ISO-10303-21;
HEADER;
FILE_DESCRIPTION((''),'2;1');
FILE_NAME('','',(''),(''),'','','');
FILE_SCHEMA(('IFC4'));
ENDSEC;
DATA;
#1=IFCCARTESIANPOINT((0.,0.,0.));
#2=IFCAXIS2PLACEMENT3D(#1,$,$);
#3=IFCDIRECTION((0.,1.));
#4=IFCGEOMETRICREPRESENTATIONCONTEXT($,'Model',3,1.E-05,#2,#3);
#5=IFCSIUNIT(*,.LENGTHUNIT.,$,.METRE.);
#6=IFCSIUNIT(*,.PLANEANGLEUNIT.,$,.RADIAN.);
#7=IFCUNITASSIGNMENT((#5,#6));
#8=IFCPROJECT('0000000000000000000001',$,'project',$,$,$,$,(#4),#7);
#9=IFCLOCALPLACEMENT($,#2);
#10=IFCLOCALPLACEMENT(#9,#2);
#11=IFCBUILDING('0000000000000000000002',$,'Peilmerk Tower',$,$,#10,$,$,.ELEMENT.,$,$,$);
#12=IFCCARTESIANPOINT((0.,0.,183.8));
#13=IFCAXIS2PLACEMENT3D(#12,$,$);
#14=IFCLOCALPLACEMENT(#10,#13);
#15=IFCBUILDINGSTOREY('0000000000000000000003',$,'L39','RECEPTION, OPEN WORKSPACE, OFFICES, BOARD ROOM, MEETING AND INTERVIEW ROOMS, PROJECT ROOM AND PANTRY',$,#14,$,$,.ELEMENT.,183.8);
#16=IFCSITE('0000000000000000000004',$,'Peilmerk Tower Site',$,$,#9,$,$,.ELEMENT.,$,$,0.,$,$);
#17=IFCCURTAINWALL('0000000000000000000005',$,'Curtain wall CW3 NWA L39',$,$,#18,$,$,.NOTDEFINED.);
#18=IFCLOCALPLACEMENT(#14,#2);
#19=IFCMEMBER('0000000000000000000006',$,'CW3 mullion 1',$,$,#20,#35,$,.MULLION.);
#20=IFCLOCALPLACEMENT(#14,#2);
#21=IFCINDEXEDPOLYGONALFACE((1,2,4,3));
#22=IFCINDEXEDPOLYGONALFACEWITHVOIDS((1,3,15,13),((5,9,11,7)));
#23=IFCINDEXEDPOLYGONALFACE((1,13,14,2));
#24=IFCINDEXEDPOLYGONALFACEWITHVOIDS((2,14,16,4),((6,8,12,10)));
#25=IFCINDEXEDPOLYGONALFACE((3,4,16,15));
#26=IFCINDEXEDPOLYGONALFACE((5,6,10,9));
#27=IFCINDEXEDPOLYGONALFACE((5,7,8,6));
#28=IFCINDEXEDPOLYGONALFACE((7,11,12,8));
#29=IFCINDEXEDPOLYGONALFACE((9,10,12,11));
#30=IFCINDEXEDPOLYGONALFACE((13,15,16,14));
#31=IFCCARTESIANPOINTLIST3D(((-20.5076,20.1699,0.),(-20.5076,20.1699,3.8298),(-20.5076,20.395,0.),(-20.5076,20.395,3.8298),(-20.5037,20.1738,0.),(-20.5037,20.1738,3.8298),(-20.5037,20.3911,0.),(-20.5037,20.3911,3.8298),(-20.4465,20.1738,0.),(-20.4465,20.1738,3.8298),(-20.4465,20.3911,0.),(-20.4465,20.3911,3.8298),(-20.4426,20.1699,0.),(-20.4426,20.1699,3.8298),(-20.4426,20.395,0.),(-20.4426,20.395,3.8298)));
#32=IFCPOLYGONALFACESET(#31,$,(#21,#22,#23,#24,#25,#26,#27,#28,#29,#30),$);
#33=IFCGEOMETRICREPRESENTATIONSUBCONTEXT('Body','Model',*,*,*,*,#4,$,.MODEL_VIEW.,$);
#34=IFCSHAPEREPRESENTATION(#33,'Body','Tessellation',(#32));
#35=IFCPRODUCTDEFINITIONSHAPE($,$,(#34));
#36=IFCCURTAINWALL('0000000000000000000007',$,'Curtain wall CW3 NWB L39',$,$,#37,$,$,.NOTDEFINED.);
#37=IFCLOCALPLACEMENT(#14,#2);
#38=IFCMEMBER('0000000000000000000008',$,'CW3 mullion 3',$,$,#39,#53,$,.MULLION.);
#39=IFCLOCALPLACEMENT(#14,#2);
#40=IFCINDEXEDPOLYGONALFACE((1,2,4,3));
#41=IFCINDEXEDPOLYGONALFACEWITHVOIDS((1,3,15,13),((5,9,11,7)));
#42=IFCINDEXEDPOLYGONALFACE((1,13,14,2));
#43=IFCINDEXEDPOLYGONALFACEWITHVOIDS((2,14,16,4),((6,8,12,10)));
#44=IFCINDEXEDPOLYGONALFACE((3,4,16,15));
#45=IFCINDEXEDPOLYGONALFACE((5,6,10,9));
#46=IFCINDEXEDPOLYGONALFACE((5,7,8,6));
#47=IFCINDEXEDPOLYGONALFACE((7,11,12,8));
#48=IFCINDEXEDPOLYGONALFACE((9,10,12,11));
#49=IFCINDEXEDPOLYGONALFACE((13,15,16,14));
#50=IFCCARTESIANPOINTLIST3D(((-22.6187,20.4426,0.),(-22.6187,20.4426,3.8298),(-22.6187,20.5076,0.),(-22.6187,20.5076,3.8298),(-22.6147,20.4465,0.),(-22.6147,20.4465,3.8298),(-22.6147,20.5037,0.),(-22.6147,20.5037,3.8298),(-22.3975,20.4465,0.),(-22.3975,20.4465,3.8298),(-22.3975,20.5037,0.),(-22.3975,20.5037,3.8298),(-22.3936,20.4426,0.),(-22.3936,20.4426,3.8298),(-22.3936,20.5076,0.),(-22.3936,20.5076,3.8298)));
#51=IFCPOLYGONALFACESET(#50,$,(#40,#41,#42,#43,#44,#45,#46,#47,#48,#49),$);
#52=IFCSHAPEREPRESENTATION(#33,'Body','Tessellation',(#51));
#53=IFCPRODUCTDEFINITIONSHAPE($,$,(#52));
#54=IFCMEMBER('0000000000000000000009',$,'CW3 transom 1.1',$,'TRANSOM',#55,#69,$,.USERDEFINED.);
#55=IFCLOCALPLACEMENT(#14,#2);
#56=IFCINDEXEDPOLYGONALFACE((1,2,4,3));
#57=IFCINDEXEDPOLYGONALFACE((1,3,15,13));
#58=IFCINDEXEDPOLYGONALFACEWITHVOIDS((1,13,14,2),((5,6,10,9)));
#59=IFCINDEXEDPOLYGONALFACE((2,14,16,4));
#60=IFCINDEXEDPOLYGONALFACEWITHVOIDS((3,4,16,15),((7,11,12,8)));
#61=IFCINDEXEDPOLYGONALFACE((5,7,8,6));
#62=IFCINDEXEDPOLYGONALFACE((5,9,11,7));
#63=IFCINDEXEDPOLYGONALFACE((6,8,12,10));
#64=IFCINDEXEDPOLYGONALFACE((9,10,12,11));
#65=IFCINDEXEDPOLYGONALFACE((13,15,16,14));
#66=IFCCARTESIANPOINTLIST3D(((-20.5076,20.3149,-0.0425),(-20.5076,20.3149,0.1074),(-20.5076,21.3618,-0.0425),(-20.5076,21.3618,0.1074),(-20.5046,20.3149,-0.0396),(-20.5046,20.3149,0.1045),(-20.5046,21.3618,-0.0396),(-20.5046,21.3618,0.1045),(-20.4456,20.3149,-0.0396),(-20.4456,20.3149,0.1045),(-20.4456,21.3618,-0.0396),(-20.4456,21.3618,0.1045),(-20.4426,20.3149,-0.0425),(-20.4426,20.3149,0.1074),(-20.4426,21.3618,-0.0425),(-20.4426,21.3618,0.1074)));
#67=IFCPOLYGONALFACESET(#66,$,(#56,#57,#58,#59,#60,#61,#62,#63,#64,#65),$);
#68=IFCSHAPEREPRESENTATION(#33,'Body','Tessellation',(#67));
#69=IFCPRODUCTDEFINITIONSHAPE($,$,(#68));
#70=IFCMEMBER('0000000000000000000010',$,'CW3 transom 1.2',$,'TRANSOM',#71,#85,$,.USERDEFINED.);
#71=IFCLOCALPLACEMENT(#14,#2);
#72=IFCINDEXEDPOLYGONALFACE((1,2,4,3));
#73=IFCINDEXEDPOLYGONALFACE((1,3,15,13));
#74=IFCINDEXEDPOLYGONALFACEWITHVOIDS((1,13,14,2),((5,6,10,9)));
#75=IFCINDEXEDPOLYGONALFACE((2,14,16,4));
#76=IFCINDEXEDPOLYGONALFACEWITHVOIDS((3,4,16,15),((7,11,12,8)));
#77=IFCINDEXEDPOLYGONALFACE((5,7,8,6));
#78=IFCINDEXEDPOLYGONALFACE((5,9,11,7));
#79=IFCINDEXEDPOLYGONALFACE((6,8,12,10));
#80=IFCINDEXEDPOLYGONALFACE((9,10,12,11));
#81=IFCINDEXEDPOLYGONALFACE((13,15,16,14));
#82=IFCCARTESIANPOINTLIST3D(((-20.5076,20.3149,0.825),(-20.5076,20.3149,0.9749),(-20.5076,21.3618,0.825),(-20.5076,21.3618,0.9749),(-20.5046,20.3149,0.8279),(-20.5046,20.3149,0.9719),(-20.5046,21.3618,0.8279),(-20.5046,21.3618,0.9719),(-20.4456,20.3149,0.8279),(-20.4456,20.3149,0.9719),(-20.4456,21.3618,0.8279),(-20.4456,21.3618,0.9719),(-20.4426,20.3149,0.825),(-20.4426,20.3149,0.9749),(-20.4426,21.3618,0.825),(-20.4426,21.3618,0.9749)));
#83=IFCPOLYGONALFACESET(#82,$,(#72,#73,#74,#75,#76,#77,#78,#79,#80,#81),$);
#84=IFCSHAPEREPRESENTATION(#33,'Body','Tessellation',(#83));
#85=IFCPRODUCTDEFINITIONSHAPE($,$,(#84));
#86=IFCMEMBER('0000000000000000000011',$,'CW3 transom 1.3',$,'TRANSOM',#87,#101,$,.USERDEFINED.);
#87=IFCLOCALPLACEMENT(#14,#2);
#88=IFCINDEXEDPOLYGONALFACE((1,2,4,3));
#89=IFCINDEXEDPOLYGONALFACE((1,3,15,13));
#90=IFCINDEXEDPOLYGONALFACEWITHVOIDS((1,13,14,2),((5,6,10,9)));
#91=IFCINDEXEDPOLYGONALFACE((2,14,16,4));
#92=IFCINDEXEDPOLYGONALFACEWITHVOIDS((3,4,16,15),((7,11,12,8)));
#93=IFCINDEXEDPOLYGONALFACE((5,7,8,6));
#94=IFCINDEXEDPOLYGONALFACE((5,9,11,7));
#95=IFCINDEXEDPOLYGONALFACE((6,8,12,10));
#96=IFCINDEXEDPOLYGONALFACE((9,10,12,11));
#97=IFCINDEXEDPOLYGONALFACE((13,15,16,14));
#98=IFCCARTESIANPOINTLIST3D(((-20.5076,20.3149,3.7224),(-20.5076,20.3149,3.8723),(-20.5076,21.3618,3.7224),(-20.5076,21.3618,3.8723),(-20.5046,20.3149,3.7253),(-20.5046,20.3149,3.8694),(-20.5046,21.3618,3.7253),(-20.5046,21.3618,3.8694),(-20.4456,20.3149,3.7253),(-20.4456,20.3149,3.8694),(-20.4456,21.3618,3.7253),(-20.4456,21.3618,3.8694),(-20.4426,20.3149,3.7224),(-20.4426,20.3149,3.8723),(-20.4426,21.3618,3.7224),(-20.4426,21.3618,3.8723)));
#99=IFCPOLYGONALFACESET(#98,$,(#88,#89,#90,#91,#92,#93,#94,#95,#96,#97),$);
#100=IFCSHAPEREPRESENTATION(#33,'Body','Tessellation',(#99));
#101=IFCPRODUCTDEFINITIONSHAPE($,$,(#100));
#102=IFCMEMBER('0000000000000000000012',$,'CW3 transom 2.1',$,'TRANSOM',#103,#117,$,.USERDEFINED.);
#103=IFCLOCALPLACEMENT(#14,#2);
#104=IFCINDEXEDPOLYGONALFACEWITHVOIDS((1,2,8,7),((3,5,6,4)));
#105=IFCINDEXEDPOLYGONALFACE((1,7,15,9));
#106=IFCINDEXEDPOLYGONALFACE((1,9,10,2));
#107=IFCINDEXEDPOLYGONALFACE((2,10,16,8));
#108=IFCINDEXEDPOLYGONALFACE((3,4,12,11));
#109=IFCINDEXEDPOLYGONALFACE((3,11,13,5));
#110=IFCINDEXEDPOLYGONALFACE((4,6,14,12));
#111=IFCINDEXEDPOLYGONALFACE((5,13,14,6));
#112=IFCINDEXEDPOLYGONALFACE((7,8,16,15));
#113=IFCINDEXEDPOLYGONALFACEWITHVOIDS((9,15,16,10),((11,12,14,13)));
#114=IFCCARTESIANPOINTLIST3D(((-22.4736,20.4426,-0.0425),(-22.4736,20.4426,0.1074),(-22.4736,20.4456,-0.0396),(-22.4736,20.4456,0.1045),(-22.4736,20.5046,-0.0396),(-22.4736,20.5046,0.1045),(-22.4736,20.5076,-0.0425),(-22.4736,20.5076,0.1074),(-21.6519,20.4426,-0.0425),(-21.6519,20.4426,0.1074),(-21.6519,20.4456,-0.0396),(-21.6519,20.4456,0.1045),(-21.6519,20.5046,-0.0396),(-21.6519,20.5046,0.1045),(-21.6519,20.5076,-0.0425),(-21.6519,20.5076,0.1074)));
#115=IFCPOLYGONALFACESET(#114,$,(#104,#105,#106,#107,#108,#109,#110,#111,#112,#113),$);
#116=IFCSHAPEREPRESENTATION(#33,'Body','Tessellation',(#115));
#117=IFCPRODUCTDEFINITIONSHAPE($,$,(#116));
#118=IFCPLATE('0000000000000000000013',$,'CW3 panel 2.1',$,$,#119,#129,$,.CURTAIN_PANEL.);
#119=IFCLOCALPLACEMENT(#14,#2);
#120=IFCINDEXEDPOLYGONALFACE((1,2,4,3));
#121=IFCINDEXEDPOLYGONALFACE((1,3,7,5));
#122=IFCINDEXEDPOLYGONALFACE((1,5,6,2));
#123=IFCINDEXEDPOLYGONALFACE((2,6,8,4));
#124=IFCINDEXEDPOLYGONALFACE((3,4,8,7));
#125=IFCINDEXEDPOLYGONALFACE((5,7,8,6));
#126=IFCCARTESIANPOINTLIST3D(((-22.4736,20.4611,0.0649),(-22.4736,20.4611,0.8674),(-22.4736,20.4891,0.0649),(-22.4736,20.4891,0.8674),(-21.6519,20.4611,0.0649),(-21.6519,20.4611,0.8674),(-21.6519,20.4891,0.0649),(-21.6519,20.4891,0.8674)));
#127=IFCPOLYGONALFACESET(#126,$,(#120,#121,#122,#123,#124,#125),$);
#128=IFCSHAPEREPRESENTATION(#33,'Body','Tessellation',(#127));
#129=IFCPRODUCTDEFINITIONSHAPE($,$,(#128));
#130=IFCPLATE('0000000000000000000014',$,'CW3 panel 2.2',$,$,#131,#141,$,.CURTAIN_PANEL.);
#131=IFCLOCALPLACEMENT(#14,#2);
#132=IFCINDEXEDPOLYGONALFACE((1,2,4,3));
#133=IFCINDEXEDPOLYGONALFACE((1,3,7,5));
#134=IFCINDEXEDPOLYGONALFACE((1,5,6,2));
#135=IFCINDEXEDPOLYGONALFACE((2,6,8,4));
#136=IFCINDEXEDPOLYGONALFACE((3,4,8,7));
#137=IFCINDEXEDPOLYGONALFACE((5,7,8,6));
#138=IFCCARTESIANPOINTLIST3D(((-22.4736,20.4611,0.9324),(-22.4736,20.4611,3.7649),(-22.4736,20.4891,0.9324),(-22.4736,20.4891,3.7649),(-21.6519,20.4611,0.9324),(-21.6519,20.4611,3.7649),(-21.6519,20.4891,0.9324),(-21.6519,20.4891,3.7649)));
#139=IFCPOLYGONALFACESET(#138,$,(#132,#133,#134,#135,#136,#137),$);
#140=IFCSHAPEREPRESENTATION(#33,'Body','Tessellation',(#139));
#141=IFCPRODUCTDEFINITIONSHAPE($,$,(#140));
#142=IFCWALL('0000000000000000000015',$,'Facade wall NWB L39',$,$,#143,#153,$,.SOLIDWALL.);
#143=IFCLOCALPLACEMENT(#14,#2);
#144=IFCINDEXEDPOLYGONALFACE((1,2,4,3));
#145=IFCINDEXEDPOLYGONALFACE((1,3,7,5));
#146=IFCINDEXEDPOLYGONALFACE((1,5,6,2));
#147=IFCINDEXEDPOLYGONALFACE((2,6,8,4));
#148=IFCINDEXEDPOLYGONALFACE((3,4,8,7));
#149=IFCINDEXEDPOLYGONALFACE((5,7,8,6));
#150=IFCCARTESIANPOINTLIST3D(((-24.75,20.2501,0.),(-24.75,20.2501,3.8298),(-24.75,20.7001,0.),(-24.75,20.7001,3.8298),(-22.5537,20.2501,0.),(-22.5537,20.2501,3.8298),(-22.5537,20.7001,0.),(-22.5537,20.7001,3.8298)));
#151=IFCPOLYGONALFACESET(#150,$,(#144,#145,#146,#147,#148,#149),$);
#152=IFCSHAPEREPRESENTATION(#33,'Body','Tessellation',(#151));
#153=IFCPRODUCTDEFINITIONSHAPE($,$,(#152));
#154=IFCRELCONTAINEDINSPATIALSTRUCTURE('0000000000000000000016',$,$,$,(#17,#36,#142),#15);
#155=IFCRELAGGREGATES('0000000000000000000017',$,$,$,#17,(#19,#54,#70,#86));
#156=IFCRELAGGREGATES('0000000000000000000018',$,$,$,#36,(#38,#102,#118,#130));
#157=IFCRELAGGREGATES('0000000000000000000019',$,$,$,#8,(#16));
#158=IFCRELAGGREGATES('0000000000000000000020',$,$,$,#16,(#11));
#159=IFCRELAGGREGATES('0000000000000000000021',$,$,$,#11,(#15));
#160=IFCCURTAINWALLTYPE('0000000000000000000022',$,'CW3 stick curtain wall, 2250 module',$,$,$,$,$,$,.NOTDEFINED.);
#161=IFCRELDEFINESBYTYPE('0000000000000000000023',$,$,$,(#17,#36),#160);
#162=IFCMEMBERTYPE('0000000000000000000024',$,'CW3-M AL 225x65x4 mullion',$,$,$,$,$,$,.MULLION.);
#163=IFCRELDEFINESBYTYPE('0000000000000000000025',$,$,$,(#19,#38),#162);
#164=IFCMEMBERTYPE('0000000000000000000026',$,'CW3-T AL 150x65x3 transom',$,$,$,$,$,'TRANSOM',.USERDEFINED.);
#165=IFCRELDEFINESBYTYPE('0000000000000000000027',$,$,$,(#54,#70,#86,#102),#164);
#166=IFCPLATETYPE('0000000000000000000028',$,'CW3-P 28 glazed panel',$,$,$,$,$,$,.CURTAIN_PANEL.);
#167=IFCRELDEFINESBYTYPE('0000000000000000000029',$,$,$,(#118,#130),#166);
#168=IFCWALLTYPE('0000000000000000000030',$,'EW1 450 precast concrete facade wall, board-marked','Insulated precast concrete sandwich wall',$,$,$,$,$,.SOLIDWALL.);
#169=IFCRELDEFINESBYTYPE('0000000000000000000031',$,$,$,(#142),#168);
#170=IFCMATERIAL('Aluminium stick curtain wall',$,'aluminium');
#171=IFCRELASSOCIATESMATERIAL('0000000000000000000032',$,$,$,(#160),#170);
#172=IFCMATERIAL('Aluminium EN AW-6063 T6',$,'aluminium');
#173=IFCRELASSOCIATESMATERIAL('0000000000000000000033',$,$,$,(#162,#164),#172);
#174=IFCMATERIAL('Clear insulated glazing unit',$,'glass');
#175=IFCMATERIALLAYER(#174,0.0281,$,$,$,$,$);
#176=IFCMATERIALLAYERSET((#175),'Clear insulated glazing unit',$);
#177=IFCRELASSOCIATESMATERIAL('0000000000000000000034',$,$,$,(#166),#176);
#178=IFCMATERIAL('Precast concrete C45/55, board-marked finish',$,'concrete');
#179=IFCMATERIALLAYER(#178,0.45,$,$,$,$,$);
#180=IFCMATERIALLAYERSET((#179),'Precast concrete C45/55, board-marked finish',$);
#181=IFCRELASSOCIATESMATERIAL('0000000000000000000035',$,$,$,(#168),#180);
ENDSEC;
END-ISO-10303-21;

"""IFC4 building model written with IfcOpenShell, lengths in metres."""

from ifc_helpers import new_model, si_unit, direction, frame, frame_2d, origin, origin_2d, place, context, subcontext, project, spatial, rectangle, hollow_rectangle, extrude, material, layer, layer_set, material_profile, profile_set, type_object, element, aggregate, save


model = new_model("IFC4")

# Units and contexts
model_context = context("Model", 3, precision=1e-05, world=origin(), true_north=direction((0.0, 1.0)))
body_context = subcontext(model_context, "Body", "Model", "MODEL_VIEW")
ifc_project = project(units=[si_unit("LENGTHUNIT", "METRE"), si_unit("PLANEANGLEUNIT", "RADIAN")], contexts=[model_context])

# Site, building, storey
site_placement = place(None, origin())
site = spatial("IfcSite", under=ifc_project, at=site_placement, Name="Peilmerk Tower Site", CompositionType="ELEMENT", RefElevation=0.0)
building_placement = place(site_placement, origin())
building = spatial("IfcBuilding", under=site, at=building_placement, Name="Peilmerk Tower", CompositionType="ELEMENT")
storey_placement = place(building_placement, frame((0.0, 0.0, 183.8)))
storey = spatial("IfcBuildingStorey", under=building, at=storey_placement, Name="L39", Description="RECEPTION, OPEN WORKSPACE, OFFICES, BOARD ROOM, MEETING AND INTERVIEW ROOMS, PROJECT ROOM AND PANTRY", CompositionType="ELEMENT", Elevation=183.8)

# Curtain walls, members
ifc_material_1 = material(Name="Aluminium stick curtain wall", Category="aluminium")
curtain_wall_type = type_object("IfcCurtainWallType", Name="CW3 stick curtain wall, 2250 module", PredefinedType="NOTDEFINED", material=ifc_material_1)
curtain_wall_1_placement = place(storey_placement, origin())
curtain_wall_1 = element("IfcCurtainWall", 1, at=curtain_wall_1_placement, inside=storey, type_object=curtain_wall_type, Name="Curtain wall CW3 NWA L39", PredefinedType="NOTDEFINED")
ifc_material_2 = material(Name="Aluminium EN AW-6063 T6", Category="aluminium")
ifc_material_profile_1 = material_profile(ifc_material_2, hollow_rectangle(XDim=0.0649, YDim=0.2251, WallThickness=0.0039, at=origin_2d()), Name="AL 225x65x4")
ifc_profile_set_1 = profile_set([ifc_material_profile_1], Name="Aluminium EN AW-6063 T6")
member_type_1 = type_object("IfcMemberType", Name="CW3-M AL 225x65x4 mullion", PredefinedType="MULLION", material=ifc_profile_set_1)
member_1_placement = place(storey_placement, frame((-20.4751, 20.2825, 0.0), z_axis=(0.0, 0.0, 1.0), x_axis=(-1.0, 0.0, 0.0)))
member_1 = element("IfcMember", 2, at=member_1_placement, type_object=member_type_1, Name="CW3 mullion 1", PredefinedType="MULLION", context=body_context, shape_type="SweptSolid", body=[
    extrude(hollow_rectangle(XDim=0.0649, YDim=0.2251, WallThickness=0.0039, at=origin_2d()), origin(), (0.0, 0.0, 1.0), 3.8298),
])
curtain_wall_2_placement = place(storey_placement, origin())
curtain_wall_2 = element("IfcCurtainWall", 3, at=curtain_wall_2_placement, inside=storey, type_object=curtain_wall_type, Name="Curtain wall CW3 NWB L39", PredefinedType="NOTDEFINED")
member_2_placement = place(storey_placement, frame((-22.5061, 20.4751, 0.0), z_axis=(0.0, 0.0, 1.0), x_axis=(0.0, -1.0, 0.0)))
member_2 = element("IfcMember", 4, at=member_2_placement, type_object=member_type_1, Name="CW3 mullion 3", PredefinedType="MULLION", context=body_context, shape_type="SweptSolid", body=[
    extrude(hollow_rectangle(XDim=0.0649, YDim=0.2251, WallThickness=0.0039, at=origin_2d()), origin(), (0.0, 0.0, 1.0), 3.8298),
])

# Members
ifc_material_profile_2 = material_profile(ifc_material_2, hollow_rectangle(XDim=0.0649, YDim=0.1499, WallThickness=0.0029, at=origin_2d()), Name="AL 150x65x3")
ifc_profile_set_2 = profile_set([ifc_material_profile_2], Name="Aluminium EN AW-6063 T6")
member_type_2 = type_object("IfcMemberType", Name="CW3-T AL 150x65x3 transom", ElementType="TRANSOM", PredefinedType="USERDEFINED", material=ifc_profile_set_2)
member_3_placement = place(storey_placement, frame((-20.4751, 20.3149, 0.0325), z_axis=(0.0, 1.0, 0.0), x_axis=(-1.0, 0.0, 0.0)))
member_3 = element("IfcMember", 5, at=member_3_placement, type_object=member_type_2, Name="CW3 transom 1.1", ObjectType="TRANSOM", PredefinedType="USERDEFINED", context=body_context, shape_type="SweptSolid", body=[
    extrude(hollow_rectangle(XDim=0.0649, YDim=0.1499, WallThickness=0.0029, at=origin_2d()), origin(), (0.0, 0.0, 1.0), 1.0469),
])
member_4_placement = place(storey_placement, frame((-20.4751, 20.3149, 0.8999), z_axis=(0.0, 1.0, 0.0), x_axis=(-1.0, 0.0, 0.0)))
member_4 = element("IfcMember", 6, at=member_4_placement, type_object=member_type_2, Name="CW3 transom 1.2", ObjectType="TRANSOM", PredefinedType="USERDEFINED", context=body_context, shape_type="SweptSolid", body=[
    extrude(hollow_rectangle(XDim=0.0649, YDim=0.1499, WallThickness=0.0029, at=origin_2d()), origin(), (0.0, 0.0, 1.0), 1.0469),
])
member_5_placement = place(storey_placement, frame((-20.4751, 20.3149, 3.7974), z_axis=(0.0, 1.0, 0.0), x_axis=(-1.0, 0.0, 0.0)))
member_5 = element("IfcMember", 7, at=member_5_placement, type_object=member_type_2, Name="CW3 transom 1.3", ObjectType="TRANSOM", PredefinedType="USERDEFINED", context=body_context, shape_type="SweptSolid", body=[
    extrude(hollow_rectangle(XDim=0.0649, YDim=0.1499, WallThickness=0.0029, at=origin_2d()), origin(), (0.0, 0.0, 1.0), 1.0469),
])
aggregate(curtain_wall_1, [member_1, member_3, member_4, member_5])
member_6_placement = place(storey_placement, frame((-21.6519, 20.4751, 0.0325), z_axis=(-1.0, 0.0, 0.0), x_axis=(0.0, -1.0, 0.0)))
member_6 = element("IfcMember", 8, at=member_6_placement, type_object=member_type_2, Name="CW3 transom 2.1", ObjectType="TRANSOM", PredefinedType="USERDEFINED", context=body_context, shape_type="SweptSolid", body=[
    extrude(hollow_rectangle(XDim=0.0649, YDim=0.1499, WallThickness=0.0029, at=origin_2d()), origin(), (0.0, 0.0, 1.0), 0.8218),
])

# Plates
ifc_material_3 = material(Name="Clear insulated glazing unit", Category="glass")
ifc_layer_1 = layer(ifc_material_3, 0.0281)
ifc_layer_set_1 = layer_set([ifc_layer_1], Name="Clear insulated glazing unit")
plate_type = type_object("IfcPlateType", Name="CW3-P 28 glazed panel", PredefinedType="CURTAIN_PANEL", material=ifc_layer_set_1)
plate_1_placement = place(storey_placement, frame((-22.0627, 20.4751, 0.0649), z_axis=(0.0, 0.0, 1.0), x_axis=(-1.0, 0.0, 0.0)))
plate_1 = element("IfcPlate", 9, at=plate_1_placement, type_object=plate_type, Name="CW3 panel 2.1", PredefinedType="CURTAIN_PANEL", context=body_context, shape_type="SweptSolid", body=[
    extrude(rectangle(XDim=0.8218, YDim=0.0281, at=origin_2d()), origin(), (0.0, 0.0, 1.0), 0.8025),
])
plate_2_placement = place(storey_placement, frame((-22.0627, 20.4751, 0.9324), z_axis=(0.0, 0.0, 1.0), x_axis=(-1.0, 0.0, 0.0)))
plate_2 = element("IfcPlate", 10, at=plate_2_placement, type_object=plate_type, Name="CW3 panel 2.2", PredefinedType="CURTAIN_PANEL", context=body_context, shape_type="SweptSolid", body=[
    extrude(rectangle(XDim=0.8218, YDim=0.0281, at=origin_2d()), origin(), (0.0, 0.0, 1.0), 2.8325),
])
aggregate(curtain_wall_2, [member_2, member_6, plate_1, plate_2])

# Wall
ifc_material_4 = material(Name="Precast concrete C45/55, board-marked finish", Category="concrete")
ifc_layer_2 = layer(ifc_material_4, 0.45)
ifc_layer_set_2 = layer_set([ifc_layer_2], Name="Precast concrete C45/55, board-marked finish")
wall_type_1 = type_object("IfcWallType", Name="EW1 450 precast concrete facade wall, board-marked", Description="Insulated precast concrete sandwich wall", PredefinedType="SOLIDWALL", material=ifc_layer_set_2)
wall_1_placement = place(storey_placement, frame((-22.5537, 20.4751, 0.0), z_axis=(0.0, 0.0, 1.0), x_axis=(-1.0, 0.0, 0.0)))
element("IfcWall", 11, at=wall_1_placement, inside=storey, type_object=wall_type_1, Name="Facade wall NWB L39", PredefinedType="SOLIDWALL", context=body_context, shape_type="SweptSolid", body=[
    extrude(rectangle(XDim=2.1963, YDim=0.45, at=frame_2d((1.0981, 0.0))), origin(), (0.0, 0.0, 1.0), 3.8298),
])

save(model, "model.ifc")
